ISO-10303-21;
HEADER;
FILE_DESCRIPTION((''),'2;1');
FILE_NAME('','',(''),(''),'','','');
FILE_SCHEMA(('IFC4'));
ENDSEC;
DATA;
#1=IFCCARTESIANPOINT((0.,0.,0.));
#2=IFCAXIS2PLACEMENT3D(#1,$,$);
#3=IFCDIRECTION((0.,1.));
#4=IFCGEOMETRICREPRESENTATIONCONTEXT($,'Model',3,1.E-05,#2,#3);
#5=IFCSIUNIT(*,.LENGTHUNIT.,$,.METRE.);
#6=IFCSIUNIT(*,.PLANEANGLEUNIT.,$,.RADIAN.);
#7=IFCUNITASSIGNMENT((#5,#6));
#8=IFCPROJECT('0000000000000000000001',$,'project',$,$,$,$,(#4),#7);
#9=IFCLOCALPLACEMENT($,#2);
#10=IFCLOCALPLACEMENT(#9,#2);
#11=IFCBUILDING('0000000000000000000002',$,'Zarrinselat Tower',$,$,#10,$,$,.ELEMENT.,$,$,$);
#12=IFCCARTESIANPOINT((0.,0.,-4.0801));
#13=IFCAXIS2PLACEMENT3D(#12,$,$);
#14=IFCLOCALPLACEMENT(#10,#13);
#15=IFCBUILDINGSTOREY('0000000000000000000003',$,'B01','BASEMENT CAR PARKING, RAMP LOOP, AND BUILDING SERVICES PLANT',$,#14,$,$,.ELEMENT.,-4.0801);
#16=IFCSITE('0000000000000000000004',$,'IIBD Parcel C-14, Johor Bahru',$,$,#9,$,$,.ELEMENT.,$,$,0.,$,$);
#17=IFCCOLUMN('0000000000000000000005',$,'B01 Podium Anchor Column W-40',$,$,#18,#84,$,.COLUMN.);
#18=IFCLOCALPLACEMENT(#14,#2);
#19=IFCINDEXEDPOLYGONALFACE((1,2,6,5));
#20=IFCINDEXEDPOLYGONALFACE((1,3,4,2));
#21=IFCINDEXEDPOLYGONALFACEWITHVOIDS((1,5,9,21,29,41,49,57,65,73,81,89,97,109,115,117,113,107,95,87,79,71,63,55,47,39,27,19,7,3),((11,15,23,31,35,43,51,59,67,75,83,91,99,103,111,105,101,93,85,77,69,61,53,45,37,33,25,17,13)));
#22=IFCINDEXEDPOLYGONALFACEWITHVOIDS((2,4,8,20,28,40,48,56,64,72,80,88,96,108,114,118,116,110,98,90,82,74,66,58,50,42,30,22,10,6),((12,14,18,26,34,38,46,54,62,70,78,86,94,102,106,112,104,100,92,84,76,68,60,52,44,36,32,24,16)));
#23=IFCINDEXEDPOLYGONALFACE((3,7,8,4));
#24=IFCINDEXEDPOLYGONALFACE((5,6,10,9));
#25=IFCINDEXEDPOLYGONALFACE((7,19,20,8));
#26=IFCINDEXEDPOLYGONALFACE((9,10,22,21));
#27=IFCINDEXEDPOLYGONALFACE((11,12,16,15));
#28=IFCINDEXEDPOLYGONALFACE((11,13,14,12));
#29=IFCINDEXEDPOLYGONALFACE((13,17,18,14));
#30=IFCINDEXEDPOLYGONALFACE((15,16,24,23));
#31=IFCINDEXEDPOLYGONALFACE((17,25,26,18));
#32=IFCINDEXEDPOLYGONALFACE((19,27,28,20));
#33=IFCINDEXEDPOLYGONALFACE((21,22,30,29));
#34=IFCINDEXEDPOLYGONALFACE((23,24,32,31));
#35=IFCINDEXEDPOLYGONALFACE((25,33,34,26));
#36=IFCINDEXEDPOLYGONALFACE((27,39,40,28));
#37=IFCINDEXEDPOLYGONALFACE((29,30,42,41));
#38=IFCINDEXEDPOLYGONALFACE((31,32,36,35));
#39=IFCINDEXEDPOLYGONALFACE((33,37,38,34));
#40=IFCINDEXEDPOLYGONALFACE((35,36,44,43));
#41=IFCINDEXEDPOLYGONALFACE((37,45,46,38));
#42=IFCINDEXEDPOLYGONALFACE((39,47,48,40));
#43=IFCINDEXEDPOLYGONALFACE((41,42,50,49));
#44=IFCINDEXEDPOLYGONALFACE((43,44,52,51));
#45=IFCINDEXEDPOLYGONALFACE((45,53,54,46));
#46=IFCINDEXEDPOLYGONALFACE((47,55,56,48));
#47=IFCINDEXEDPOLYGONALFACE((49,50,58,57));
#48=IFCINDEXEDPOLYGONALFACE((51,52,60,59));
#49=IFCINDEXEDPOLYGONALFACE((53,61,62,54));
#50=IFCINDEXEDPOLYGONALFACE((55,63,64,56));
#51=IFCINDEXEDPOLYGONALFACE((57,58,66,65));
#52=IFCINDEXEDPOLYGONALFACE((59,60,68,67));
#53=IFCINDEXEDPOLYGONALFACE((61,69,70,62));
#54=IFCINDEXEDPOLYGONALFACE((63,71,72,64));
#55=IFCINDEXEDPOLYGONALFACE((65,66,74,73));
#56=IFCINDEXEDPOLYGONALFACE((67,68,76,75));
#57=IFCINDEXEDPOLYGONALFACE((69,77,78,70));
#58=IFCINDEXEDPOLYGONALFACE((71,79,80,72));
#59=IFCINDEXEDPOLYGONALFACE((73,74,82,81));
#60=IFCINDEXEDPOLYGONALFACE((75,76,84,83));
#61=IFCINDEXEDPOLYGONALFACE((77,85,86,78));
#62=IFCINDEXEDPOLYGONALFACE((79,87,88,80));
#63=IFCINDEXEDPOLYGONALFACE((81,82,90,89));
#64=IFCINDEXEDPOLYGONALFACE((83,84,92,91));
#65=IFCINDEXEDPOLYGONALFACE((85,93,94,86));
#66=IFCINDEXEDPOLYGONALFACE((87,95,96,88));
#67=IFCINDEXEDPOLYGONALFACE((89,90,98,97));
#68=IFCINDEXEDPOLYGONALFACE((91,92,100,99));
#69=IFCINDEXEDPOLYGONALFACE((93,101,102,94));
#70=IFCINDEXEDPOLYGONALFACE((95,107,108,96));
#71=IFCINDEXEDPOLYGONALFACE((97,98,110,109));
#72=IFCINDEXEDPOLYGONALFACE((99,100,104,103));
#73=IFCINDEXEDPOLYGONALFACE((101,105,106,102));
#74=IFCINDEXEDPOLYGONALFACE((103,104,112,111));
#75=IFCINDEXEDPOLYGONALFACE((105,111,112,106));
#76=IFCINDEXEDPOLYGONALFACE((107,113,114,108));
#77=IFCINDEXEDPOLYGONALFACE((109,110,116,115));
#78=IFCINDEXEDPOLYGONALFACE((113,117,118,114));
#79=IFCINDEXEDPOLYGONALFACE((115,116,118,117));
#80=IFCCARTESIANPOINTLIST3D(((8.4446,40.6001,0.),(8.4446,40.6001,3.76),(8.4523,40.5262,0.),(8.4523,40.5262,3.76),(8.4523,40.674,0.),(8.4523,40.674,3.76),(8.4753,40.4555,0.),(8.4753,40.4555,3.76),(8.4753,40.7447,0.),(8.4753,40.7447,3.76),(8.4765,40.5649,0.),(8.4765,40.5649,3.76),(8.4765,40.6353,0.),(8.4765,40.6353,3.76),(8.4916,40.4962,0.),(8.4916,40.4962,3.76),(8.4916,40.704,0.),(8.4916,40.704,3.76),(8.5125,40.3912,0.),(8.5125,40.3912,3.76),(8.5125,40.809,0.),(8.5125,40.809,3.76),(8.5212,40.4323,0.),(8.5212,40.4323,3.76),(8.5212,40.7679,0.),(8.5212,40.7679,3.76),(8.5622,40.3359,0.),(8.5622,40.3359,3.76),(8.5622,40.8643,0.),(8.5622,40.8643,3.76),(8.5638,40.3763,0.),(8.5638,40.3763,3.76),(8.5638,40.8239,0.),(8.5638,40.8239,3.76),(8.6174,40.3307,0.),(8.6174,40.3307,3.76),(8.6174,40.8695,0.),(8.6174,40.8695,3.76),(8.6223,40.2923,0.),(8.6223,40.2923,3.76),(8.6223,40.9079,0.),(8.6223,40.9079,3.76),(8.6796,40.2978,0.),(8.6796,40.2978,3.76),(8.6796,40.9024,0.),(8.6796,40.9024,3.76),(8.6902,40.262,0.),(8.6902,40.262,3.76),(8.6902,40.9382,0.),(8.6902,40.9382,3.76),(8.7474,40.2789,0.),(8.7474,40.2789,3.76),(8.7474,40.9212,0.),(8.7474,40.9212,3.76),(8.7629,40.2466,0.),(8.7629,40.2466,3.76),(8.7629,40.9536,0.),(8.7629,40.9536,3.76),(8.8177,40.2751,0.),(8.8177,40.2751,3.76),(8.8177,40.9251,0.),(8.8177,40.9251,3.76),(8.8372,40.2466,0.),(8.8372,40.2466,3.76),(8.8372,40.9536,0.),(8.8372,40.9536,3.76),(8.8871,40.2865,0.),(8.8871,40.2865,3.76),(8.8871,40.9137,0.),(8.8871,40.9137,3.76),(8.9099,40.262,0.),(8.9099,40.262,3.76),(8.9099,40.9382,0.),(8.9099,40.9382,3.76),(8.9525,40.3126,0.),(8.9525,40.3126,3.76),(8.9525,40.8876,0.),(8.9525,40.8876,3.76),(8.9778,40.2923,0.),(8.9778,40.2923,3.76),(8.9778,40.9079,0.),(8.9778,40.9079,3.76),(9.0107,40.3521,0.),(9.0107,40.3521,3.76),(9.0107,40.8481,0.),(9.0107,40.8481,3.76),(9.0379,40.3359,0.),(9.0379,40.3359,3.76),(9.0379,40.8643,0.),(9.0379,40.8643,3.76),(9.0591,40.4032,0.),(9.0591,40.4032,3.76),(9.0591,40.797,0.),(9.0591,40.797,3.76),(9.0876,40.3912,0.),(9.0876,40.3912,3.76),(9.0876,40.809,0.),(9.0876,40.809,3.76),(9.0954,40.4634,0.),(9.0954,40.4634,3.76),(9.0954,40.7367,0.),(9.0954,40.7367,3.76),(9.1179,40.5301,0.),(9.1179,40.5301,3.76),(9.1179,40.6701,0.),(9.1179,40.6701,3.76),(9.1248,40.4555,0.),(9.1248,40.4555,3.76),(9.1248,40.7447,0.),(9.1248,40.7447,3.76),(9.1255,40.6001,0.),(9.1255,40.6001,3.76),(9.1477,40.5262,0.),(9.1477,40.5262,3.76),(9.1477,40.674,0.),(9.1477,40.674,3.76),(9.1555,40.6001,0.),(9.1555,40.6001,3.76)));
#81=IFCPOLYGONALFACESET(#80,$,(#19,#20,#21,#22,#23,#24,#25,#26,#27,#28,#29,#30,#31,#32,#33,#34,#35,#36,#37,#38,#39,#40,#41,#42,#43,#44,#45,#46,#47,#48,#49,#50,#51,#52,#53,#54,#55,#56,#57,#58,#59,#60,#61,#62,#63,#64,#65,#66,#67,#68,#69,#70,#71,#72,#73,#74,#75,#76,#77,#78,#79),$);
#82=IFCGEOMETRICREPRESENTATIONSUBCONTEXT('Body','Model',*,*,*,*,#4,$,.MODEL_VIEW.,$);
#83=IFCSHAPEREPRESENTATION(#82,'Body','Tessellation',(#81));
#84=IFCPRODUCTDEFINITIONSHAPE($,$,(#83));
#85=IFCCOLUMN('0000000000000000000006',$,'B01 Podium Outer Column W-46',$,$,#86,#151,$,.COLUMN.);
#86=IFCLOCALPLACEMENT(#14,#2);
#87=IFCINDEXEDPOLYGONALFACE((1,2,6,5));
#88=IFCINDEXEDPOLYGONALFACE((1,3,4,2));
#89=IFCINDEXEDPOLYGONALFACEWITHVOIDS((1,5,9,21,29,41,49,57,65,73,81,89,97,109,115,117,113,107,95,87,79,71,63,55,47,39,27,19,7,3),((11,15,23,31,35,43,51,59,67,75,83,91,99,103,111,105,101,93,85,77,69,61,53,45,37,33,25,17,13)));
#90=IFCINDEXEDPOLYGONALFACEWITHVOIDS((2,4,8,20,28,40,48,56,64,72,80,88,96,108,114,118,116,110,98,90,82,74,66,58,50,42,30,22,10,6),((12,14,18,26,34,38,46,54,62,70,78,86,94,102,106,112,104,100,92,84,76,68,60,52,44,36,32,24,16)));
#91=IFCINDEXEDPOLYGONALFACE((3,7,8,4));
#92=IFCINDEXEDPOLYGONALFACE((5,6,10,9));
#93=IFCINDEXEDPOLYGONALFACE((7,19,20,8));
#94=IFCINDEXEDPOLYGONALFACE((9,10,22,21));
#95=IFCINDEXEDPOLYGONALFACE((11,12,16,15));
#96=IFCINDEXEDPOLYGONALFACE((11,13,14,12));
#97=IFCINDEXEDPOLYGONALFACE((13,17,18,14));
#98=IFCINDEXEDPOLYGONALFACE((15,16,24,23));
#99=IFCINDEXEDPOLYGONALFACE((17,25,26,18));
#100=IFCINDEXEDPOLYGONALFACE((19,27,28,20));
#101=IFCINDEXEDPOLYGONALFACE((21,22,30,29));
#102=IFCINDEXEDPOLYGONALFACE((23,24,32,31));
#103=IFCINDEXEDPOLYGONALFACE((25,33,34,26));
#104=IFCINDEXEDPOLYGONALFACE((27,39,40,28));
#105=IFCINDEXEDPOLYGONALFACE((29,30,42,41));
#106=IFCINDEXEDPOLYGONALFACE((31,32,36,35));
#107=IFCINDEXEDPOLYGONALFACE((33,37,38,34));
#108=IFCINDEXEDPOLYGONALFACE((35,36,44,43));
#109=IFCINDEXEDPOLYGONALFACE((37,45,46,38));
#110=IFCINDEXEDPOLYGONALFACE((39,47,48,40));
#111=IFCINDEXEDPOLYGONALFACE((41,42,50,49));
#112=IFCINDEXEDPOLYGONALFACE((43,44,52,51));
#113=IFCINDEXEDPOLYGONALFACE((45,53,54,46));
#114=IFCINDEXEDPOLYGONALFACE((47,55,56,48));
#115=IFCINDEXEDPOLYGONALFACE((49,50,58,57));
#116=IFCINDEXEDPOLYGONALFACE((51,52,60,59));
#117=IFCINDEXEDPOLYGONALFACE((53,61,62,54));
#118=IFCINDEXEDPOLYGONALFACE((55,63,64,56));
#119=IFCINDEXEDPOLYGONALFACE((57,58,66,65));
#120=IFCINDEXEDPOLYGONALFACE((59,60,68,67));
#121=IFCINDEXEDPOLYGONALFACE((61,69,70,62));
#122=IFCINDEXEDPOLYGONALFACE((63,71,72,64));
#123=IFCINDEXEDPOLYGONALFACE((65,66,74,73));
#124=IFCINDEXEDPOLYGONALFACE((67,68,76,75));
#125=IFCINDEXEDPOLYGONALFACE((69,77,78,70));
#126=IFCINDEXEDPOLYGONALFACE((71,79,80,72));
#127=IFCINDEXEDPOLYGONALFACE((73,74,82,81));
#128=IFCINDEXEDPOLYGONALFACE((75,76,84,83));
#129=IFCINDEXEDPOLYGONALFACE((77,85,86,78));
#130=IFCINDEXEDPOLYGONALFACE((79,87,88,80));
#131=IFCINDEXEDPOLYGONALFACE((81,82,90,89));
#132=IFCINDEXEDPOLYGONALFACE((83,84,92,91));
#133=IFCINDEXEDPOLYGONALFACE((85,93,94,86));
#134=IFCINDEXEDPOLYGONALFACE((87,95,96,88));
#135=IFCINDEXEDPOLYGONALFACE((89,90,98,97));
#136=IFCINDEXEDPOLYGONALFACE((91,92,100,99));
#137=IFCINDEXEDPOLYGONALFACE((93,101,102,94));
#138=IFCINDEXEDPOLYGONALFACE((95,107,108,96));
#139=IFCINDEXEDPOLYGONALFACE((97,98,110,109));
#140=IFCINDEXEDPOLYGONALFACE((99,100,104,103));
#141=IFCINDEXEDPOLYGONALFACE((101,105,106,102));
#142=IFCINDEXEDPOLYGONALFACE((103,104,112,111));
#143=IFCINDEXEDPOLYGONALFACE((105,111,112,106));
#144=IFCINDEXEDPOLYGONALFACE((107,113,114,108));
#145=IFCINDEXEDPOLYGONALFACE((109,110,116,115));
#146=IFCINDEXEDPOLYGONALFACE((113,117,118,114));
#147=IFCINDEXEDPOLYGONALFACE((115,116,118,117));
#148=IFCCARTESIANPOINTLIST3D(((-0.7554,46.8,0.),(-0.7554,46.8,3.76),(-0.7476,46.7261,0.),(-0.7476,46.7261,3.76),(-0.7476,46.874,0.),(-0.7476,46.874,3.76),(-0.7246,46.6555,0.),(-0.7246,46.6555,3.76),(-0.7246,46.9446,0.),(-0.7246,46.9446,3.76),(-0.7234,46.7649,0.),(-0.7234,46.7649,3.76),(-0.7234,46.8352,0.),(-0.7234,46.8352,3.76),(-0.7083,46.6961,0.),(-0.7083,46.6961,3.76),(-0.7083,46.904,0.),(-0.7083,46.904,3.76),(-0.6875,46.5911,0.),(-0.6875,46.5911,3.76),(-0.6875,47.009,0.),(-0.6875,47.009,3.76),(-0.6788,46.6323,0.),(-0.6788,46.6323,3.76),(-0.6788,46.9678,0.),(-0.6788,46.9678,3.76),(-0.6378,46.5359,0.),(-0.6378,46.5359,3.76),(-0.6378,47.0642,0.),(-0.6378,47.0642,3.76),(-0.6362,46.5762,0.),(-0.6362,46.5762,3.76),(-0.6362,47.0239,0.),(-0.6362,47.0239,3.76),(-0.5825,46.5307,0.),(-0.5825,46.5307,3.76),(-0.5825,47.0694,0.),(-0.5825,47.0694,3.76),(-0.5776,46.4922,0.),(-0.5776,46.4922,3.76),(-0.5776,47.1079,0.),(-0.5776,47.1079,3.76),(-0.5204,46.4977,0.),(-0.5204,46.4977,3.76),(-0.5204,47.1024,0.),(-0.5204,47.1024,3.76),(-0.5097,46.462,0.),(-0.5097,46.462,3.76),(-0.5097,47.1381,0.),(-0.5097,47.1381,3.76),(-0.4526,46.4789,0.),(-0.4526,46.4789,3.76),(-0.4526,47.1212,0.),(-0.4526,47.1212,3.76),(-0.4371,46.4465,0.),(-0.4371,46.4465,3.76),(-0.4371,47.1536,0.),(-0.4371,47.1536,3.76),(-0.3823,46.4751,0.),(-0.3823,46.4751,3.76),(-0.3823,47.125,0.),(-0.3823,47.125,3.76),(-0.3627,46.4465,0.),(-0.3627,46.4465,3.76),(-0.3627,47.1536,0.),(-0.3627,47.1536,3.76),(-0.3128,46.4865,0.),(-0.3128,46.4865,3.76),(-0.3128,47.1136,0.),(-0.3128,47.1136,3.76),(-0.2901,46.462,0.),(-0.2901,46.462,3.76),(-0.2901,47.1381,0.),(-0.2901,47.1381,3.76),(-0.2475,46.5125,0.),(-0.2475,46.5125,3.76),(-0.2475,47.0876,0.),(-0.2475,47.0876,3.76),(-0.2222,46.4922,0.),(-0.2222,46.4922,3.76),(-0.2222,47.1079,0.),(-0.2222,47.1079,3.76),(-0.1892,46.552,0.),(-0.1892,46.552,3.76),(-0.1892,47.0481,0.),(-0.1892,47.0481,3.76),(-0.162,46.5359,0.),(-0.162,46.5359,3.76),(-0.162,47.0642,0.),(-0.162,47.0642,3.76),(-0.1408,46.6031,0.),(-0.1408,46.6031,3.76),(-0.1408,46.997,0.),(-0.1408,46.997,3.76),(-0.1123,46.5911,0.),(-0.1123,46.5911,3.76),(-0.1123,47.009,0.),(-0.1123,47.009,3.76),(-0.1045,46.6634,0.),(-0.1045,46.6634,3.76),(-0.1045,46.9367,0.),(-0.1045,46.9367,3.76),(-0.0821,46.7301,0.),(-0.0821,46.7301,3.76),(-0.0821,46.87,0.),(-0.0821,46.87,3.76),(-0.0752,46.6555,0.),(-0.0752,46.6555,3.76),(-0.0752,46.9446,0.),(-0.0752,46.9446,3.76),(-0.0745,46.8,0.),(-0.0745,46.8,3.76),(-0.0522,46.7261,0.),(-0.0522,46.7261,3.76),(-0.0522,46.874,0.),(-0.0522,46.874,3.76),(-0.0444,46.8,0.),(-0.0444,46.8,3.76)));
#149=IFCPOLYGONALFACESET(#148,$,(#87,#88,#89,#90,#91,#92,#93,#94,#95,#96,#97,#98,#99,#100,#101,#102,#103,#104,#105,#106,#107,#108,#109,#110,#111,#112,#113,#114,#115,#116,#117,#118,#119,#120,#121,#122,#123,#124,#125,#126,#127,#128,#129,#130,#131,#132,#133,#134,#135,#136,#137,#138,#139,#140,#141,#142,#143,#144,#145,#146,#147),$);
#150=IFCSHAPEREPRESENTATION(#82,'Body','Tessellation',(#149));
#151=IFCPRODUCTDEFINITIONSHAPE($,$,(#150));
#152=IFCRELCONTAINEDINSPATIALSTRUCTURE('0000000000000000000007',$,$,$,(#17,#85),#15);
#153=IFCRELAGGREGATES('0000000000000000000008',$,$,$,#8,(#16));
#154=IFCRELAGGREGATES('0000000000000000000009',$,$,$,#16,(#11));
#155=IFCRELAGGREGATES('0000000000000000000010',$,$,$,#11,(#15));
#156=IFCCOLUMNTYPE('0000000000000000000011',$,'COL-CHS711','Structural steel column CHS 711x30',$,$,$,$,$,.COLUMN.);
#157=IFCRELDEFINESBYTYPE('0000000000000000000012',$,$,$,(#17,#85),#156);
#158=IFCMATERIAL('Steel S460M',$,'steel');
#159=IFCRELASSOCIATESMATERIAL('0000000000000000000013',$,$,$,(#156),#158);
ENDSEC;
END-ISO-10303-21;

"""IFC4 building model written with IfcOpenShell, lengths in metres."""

from ifc_helpers import new_model, si_unit, direction, frame, origin, origin_2d, place, context, subcontext, project, spatial, hollow_circle, extrude, material, material_profile, profile_set, type_object, element, save


model = new_model("IFC4")

# Units and contexts
model_context = context("Model", 3, precision=1e-05, world=origin(), true_north=direction((0.0, 1.0)))
body_context = subcontext(model_context, "Body", "Model", "MODEL_VIEW")
ifc_project = project(units=[si_unit("LENGTHUNIT", "METRE"), si_unit("PLANEANGLEUNIT", "RADIAN")], contexts=[model_context])

# Site, building, storey
site_placement = place(None, origin())
site = spatial("IfcSite", under=ifc_project, at=site_placement, Name="IIBD Parcel C-14, Johor Bahru", CompositionType="ELEMENT", RefElevation=0.0)
building_placement = place(site_placement, origin())
building = spatial("IfcBuilding", under=site, at=building_placement, Name="Zarrinselat Tower", CompositionType="ELEMENT")
storey_placement = place(building_placement, frame((0.0, 0.0, -4.0801)))
storey = spatial("IfcBuildingStorey", under=building, at=storey_placement, Name="B01", Description="BASEMENT CAR PARKING, RAMP LOOP, AND BUILDING SERVICES PLANT", CompositionType="ELEMENT", Elevation=-4.0801)

# Columns
ifc_material_1 = material(Name="Steel S460M", Category="steel")
ifc_material_profile_1 = material_profile(ifc_material_1, hollow_circle(Radius=0.3555, WallThickness=0.03, at=origin_2d()), Name="CHS 711x30")
ifc_profile_set_1 = profile_set([ifc_material_profile_1], Name="Steel S460M")
column_type_1 = type_object("IfcColumnType", Name="COL-CHS711", Description="Structural steel column CHS 711x30", PredefinedType="COLUMN", material=ifc_profile_set_1)
for number, where, z_axis, x_axis, name in (
    (1, (8.8, 40.6001, 0.0), (0.0, 0.0, 1.0), (1.0, 0.0, 0.0), "B01 Podium Anchor Column W-40"),
    (2, (-0.3999, 46.8, 0.0), (0.0, 0.0, 1.0), (1.0, 0.0, 0.0), "B01 Podium Outer Column W-46"),
):
    element("IfcColumn", number, at=place(storey_placement, frame(where, z_axis=z_axis, x_axis=x_axis)), inside=storey, type_object=column_type_1, Name=name, PredefinedType="COLUMN", context=body_context, shape_type="SweptSolid", body=[
        extrude(hollow_circle(Radius=0.3555, WallThickness=0.03, at=origin_2d()), origin(), (0.0, 0.0, 1.0), 3.76),
    ])

save(model, "model.ifc")
